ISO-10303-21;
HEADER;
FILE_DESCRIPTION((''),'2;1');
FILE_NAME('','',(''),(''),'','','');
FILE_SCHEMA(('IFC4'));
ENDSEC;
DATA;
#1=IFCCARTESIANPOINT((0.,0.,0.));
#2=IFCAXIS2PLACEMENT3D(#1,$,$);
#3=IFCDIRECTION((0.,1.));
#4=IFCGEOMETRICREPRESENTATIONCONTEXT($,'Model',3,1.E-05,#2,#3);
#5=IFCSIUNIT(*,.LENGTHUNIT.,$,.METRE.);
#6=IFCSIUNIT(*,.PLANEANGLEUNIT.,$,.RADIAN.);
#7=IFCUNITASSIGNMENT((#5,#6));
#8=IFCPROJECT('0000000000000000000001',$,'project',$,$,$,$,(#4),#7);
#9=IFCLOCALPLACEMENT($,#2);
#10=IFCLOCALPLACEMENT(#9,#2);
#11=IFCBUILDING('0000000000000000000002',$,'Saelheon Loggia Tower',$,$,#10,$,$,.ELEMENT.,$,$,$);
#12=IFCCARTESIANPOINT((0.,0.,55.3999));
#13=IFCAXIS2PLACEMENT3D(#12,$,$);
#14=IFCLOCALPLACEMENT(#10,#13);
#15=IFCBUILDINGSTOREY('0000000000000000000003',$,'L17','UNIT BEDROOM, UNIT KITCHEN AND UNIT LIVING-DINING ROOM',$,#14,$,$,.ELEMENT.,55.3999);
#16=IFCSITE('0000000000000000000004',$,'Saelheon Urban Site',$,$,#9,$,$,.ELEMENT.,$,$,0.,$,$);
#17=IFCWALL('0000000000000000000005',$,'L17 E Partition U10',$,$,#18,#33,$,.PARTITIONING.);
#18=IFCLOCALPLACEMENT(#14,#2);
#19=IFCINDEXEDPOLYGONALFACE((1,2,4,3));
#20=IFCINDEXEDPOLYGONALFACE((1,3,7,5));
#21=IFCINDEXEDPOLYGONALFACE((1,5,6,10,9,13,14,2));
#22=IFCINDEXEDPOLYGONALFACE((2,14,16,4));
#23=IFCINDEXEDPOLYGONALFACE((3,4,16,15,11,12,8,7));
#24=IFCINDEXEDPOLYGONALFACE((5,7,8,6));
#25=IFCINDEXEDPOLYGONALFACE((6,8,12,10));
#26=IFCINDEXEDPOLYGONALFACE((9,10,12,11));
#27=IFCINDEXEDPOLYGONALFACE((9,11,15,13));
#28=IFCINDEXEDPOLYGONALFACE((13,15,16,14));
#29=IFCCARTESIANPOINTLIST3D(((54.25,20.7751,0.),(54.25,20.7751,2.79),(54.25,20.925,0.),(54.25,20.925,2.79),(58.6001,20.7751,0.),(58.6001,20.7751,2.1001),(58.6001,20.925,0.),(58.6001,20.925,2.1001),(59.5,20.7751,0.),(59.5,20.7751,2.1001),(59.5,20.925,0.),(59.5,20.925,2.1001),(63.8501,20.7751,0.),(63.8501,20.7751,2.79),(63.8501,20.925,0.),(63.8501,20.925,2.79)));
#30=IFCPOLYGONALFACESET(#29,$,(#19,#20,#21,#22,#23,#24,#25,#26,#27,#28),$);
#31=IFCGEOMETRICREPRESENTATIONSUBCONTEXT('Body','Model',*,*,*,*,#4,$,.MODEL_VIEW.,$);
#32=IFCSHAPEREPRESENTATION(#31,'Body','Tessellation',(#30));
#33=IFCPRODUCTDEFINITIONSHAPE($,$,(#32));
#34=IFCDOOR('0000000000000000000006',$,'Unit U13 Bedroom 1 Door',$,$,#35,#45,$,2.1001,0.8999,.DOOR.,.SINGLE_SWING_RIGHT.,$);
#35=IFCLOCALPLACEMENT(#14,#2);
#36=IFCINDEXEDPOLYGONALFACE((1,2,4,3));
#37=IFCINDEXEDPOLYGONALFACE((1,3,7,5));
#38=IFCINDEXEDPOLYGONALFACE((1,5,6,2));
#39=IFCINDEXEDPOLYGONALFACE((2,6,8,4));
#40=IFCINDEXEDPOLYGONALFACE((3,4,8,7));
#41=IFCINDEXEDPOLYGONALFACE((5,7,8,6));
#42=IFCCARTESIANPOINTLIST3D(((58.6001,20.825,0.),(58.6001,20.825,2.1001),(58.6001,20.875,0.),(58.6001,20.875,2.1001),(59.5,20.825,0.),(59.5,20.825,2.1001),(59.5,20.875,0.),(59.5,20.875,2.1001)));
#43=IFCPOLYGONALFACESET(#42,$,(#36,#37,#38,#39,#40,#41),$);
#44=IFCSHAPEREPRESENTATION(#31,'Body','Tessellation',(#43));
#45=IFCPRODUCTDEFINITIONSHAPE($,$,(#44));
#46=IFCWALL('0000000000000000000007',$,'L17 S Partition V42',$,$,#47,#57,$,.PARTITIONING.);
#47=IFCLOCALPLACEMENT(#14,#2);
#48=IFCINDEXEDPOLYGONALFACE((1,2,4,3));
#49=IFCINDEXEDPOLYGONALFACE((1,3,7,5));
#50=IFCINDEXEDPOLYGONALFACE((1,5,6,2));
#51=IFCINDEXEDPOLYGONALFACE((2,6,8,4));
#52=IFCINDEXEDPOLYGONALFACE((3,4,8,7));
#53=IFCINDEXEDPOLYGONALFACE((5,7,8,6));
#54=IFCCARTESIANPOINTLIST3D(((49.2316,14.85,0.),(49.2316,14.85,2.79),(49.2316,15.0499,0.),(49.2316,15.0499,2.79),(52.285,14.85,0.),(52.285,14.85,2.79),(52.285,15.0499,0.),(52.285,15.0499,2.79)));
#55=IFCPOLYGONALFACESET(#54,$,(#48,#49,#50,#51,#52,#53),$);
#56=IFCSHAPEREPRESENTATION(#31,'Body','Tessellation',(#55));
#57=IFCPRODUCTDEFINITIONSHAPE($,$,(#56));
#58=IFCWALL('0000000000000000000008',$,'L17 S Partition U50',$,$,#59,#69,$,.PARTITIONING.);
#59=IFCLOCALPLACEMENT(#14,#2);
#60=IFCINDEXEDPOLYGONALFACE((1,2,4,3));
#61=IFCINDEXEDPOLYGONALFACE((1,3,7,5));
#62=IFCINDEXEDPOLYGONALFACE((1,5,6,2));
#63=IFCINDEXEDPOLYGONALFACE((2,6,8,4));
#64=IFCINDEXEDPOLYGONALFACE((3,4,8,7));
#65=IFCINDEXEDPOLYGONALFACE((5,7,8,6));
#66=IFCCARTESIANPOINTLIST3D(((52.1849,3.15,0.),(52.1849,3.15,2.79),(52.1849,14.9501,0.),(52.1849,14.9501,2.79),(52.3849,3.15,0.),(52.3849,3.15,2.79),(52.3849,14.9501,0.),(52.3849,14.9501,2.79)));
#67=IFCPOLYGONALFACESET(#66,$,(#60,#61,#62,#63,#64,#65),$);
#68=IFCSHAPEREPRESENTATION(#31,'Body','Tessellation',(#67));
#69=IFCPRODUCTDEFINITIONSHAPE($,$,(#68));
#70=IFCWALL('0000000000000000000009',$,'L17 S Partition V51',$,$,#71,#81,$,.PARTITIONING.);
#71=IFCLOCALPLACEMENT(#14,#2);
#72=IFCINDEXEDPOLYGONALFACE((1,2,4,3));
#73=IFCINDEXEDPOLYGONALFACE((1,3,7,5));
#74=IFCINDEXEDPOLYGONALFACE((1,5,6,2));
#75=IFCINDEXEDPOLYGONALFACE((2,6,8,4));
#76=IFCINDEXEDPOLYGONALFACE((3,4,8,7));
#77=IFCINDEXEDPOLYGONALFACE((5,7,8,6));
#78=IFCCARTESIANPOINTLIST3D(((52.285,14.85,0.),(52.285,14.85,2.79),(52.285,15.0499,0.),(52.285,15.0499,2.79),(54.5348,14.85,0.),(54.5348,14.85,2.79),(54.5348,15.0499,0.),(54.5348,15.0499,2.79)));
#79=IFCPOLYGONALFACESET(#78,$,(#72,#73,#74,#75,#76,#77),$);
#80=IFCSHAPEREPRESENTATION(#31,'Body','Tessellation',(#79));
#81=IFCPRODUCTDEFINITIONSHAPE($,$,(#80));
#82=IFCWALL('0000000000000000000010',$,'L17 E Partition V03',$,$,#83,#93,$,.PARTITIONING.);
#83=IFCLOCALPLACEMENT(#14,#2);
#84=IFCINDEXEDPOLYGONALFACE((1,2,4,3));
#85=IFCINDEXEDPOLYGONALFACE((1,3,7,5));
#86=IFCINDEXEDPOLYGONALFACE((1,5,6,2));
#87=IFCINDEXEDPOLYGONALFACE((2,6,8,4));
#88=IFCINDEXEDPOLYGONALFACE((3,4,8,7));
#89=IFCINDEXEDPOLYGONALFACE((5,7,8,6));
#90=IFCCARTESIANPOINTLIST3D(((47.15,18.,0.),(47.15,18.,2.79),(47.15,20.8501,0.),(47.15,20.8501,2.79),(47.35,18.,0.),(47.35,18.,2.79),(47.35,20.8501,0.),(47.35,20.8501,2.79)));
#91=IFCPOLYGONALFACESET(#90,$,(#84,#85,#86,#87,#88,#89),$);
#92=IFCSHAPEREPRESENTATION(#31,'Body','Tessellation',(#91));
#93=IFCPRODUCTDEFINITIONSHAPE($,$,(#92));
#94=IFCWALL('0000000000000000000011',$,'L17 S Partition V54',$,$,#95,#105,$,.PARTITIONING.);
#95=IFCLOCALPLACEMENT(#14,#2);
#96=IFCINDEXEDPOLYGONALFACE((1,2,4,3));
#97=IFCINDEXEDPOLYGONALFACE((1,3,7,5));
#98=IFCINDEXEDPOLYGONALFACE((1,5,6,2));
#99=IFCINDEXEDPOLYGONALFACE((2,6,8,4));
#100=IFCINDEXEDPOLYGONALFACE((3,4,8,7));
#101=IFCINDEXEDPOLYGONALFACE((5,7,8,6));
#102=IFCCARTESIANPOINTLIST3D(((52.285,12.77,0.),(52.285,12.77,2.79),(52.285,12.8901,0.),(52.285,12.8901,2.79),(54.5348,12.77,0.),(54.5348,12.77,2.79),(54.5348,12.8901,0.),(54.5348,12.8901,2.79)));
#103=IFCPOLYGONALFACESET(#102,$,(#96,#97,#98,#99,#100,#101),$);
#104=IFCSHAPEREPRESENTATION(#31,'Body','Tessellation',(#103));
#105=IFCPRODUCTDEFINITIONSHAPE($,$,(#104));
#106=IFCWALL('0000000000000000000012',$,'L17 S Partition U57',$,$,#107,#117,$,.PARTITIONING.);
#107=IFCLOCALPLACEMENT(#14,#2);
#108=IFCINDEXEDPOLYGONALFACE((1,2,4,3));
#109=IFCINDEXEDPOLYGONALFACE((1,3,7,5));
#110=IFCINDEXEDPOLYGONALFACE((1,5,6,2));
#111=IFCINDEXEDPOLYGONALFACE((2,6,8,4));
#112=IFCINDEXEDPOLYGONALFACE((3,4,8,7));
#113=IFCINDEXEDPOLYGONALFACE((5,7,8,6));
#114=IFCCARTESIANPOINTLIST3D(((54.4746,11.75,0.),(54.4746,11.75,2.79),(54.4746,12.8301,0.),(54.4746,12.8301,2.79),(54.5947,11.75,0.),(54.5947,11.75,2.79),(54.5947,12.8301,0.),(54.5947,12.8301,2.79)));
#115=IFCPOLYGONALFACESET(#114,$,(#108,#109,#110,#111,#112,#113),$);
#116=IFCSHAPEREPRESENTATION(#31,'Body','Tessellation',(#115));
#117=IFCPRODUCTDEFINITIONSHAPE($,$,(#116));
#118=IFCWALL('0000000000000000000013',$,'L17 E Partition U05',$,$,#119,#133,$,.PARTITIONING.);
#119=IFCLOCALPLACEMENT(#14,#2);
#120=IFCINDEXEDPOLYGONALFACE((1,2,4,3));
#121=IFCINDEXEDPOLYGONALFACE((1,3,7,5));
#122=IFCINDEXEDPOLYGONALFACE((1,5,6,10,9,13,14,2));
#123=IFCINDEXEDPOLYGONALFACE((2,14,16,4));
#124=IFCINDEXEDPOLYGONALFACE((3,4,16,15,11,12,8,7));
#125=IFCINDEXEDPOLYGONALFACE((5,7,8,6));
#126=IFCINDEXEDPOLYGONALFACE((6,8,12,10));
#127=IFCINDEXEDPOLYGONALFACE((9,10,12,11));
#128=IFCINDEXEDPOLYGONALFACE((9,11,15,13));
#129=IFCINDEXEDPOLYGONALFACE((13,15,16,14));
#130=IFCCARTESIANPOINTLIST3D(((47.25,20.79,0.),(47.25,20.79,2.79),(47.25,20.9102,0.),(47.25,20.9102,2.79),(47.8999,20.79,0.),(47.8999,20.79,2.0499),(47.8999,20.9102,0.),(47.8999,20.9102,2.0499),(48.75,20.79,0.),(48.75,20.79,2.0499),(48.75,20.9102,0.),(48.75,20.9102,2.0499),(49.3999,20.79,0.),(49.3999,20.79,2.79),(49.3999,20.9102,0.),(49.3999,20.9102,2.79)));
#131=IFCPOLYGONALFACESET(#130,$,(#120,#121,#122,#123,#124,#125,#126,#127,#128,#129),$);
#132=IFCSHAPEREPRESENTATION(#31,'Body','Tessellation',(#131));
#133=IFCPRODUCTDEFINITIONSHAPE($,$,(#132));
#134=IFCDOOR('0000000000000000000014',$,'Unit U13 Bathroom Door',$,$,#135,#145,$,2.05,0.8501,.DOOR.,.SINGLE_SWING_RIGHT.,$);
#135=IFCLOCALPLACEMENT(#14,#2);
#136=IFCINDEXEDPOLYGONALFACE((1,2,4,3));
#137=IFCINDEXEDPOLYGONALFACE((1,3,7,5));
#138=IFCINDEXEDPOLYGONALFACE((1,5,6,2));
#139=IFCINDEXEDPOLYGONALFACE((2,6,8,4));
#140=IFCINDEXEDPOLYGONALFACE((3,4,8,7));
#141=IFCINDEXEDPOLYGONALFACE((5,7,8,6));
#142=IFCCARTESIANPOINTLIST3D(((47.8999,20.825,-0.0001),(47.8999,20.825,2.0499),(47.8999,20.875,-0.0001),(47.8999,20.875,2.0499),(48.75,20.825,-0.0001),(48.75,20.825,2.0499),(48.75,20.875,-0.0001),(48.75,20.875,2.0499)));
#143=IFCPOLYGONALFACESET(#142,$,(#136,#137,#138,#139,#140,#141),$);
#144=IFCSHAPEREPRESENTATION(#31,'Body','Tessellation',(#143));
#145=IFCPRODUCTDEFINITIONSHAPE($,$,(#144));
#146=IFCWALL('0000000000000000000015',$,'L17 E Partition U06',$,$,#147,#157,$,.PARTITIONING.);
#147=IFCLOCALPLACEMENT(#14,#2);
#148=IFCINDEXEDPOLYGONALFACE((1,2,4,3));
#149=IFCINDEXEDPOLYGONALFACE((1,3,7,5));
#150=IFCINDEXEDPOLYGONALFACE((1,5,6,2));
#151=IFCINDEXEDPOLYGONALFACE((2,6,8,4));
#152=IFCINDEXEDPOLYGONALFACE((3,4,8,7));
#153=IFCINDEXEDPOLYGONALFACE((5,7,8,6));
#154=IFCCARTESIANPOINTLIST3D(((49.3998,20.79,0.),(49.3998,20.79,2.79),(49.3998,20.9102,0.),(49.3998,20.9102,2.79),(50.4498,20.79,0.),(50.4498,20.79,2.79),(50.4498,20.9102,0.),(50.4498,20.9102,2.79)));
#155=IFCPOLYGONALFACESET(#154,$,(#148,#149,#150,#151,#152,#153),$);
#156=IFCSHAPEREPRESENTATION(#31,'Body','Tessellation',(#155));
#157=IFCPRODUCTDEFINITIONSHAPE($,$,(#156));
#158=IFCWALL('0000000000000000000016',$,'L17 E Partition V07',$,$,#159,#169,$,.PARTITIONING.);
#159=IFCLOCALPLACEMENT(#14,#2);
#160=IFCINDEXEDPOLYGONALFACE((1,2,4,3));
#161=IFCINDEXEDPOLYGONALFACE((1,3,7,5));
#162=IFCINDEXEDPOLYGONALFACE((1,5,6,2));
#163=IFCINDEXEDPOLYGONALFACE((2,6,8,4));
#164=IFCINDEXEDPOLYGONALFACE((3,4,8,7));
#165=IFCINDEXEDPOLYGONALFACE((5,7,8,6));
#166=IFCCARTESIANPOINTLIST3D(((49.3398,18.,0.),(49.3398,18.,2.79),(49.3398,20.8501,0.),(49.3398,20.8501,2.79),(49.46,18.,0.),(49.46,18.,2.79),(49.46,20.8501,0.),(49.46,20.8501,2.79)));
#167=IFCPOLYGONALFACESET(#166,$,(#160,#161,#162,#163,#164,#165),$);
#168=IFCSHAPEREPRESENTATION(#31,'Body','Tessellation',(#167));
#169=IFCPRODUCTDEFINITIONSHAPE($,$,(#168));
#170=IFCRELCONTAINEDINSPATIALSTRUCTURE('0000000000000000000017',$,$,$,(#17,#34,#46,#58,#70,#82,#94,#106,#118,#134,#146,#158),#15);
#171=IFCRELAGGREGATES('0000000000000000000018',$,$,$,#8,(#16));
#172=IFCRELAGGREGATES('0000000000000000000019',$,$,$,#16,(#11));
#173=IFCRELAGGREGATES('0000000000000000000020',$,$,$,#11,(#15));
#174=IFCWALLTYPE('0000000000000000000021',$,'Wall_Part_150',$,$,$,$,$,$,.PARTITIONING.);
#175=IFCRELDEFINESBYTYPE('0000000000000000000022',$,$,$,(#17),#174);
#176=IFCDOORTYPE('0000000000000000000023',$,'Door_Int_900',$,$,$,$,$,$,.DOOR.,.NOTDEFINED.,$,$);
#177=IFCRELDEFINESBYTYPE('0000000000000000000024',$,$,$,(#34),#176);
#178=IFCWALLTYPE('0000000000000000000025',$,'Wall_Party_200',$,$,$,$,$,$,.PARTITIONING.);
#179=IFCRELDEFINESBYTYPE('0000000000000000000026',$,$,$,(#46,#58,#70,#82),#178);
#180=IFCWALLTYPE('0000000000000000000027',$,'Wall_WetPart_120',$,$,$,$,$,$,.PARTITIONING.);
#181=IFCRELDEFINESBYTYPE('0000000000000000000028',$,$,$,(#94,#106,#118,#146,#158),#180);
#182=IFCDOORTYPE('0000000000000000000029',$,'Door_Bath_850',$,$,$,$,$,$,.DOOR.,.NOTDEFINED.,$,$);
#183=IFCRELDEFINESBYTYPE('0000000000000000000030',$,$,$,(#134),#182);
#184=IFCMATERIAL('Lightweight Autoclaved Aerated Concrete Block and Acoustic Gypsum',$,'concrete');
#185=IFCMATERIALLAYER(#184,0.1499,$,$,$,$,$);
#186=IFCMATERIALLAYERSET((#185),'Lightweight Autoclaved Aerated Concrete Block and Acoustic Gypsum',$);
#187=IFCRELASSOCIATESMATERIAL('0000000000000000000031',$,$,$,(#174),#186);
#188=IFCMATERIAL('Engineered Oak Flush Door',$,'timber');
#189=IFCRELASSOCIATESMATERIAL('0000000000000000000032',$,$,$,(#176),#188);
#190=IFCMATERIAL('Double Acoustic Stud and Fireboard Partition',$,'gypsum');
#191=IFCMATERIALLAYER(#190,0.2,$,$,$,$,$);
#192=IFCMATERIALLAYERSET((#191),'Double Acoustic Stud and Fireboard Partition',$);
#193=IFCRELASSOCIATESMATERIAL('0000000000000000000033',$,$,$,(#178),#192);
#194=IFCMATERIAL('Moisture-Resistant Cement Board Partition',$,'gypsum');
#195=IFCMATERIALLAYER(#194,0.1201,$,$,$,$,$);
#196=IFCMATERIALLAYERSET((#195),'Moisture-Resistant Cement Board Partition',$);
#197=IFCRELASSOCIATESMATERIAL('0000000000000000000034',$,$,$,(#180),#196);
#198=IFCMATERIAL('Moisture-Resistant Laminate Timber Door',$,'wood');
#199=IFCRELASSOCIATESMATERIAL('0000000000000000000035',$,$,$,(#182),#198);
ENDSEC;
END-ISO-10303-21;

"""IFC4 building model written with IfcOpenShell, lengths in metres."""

from ifc_helpers import new_model, si_unit, direction, frame, frame_2d, origin, place, context, subcontext, project, spatial, rectangle, extrude, source, transform, mapped, material, layer, layer_set, type_object, element, fill, save


model = new_model("IFC4")

# Units and contexts
model_context = context("Model", 3, precision=1e-05, world=origin(), true_north=direction((0.0, 1.0)))
body_context = subcontext(model_context, "Body", "Model", "MODEL_VIEW")
ifc_project = project(units=[si_unit("LENGTHUNIT", "METRE"), si_unit("PLANEANGLEUNIT", "RADIAN")], contexts=[model_context])

# Site, building, storey
site_placement = place(None, origin())
site = spatial("IfcSite", under=ifc_project, at=site_placement, Name="Saelheon Urban Site", CompositionType="ELEMENT", RefElevation=0.0)
building_placement = place(site_placement, origin())
building = spatial("IfcBuilding", under=site, at=building_placement, Name="Saelheon Loggia Tower", CompositionType="ELEMENT")
storey_placement = place(building_placement, frame((0.0, 0.0, 55.3999)))
storey = spatial("IfcBuildingStorey", under=building, at=storey_placement, Name="L17", Description="UNIT BEDROOM, UNIT KITCHEN AND UNIT LIVING-DINING ROOM", CompositionType="ELEMENT", Elevation=55.3999)

# Shared definitions
ifc_material_1 = material(Name="Lightweight Autoclaved Aerated Concrete Block and Acoustic Gypsum", Category="concrete")
ifc_layer_1 = layer(ifc_material_1, 0.1499)
ifc_layer_set_1 = layer_set([ifc_layer_1], Name="Lightweight Autoclaved Aerated Concrete Block and Acoustic Gypsum")
wall_type_1 = type_object("IfcWallType", Name="Wall_Part_150", PredefinedType="PARTITIONING", material=ifc_layer_set_1)

# Shared definitions
ifc_material_2 = material(Name="Engineered Oak Flush Door", Category="timber")
door_type_1 = type_object("IfcDoorType", Name="Door_Int_900", OperationType="NOTDEFINED", PredefinedType="DOOR", material=ifc_material_2)
shared_shape_1 = source(origin(), body_context, "Body", "SweptSolid", [
    extrude(rectangle(XDim=0.8999, YDim=2.1001, at=frame_2d((0.45, 1.05))), frame((0.0, 0.0249, 0.0), z_axis=(0.0, -1.0, 0.0), x_axis=(1.0, 0.0, 0.0)), (0.0, 0.0, 1.0), 0.05),
])

# Wall, opening, door
wall_1_placement = place(storey_placement, frame((54.25, 20.8501, 0.0), z_axis=(0.0, 0.0, 1.0), x_axis=(1.0, 0.0, 0.0)))
wall_1 = element("IfcWall", 1, at=wall_1_placement, inside=storey, type_object=wall_type_1, Name="L17 E Partition U10", PredefinedType="PARTITIONING", context=body_context, shape_type="SweptSolid", body=[
    extrude(rectangle(XDim=9.6001, YDim=0.1499, at=frame_2d((4.8, 0.0))), origin(), (0.0, 0.0, 1.0), 2.79),
])
opening_1_placement = place(wall_1_placement, frame((4.3501, 0.0, 0.0)))
opening_1 = element("IfcOpeningElement", 2, at=opening_1_placement, cuts=wall_1, PredefinedType="OPENING", context=body_context, shape_type="SweptSolid", body=[
    extrude(rectangle(XDim=0.8999, YDim=2.1001, at=frame_2d((0.45, 1.05))), frame((0.0, 0.0869, 0.0), z_axis=(0.0, -1.0, 0.0), x_axis=(1.0, 0.0, 0.0)), (0.0, 0.0, 1.0), 0.1738),
])
door_1_placement = place(opening_1_placement, origin())
door_1 = element("IfcDoor", 3, at=door_1_placement, inside=storey, type_object=door_type_1, Name="Unit U13 Bedroom 1 Door", OperationType="SINGLE_SWING_RIGHT", OverallHeight=2.1001, OverallWidth=0.8999, PredefinedType="DOOR", context=body_context, shape_type="MappedRepresentation", body=[
    mapped(shared_shape_1, transform((0.0, 0.0, 0.0), scale=1.0)),
])
fill(opening_1, door_1)

# Walls
ifc_material_3 = material(Name="Double Acoustic Stud and Fireboard Partition", Category="gypsum")
ifc_layer_2 = layer(ifc_material_3, 0.2)
ifc_layer_set_2 = layer_set([ifc_layer_2], Name="Double Acoustic Stud and Fireboard Partition")
wall_type_2 = type_object("IfcWallType", Name="Wall_Party_200", PredefinedType="PARTITIONING", material=ifc_layer_set_2)
wall_2_placement = place(storey_placement, frame((49.2314, 14.95, 0.0), z_axis=(0.0, 0.0, 1.0), x_axis=(1.0, 0.0, 0.0)))
element("IfcWall", 4, at=wall_2_placement, inside=storey, type_object=wall_type_2, Name="L17 S Partition V42", PredefinedType="PARTITIONING", context=body_context, shape_type="SweptSolid", body=[
    extrude(rectangle(XDim=3.0535, YDim=0.2, at=frame_2d((1.5269, 0.0))), origin(), (0.0, 0.0, 1.0), 2.79),
])
wall_3_placement = place(storey_placement, frame((52.2849, 14.95, 0.0), z_axis=(0.0, 0.0, 1.0), x_axis=(0.0, -1.0, 0.0)))
element("IfcWall", 5, at=wall_3_placement, inside=storey, type_object=wall_type_2, Name="L17 S Partition U50", PredefinedType="PARTITIONING", context=body_context, shape_type="SweptSolid", body=[
    extrude(rectangle(XDim=11.8, YDim=0.2, at=frame_2d((5.8999, 0.0))), origin(), (0.0, 0.0, 1.0), 2.79),
])
wall_4_placement = place(storey_placement, frame((52.2849, 14.95, 0.0), z_axis=(0.0, 0.0, 1.0), x_axis=(1.0, 0.0, 0.0)))
element("IfcWall", 6, at=wall_4_placement, inside=storey, type_object=wall_type_2, Name="L17 S Partition V51", PredefinedType="PARTITIONING", context=body_context, shape_type="SweptSolid", body=[
    extrude(rectangle(XDim=2.2498, YDim=0.2, at=frame_2d((1.125, 0.0))), origin(), (0.0, 0.0, 1.0), 2.79),
])

# Wall
wall_5_placement = place(storey_placement, frame((47.25, 18.0, 0.0), z_axis=(0.0, 0.0, 1.0), x_axis=(0.0, 1.0, 0.0)))
element("IfcWall", 7, at=wall_5_placement, inside=storey, type_object=wall_type_2, Name="L17 E Partition V03", PredefinedType="PARTITIONING", context=body_context, shape_type="SweptSolid", body=[
    extrude(rectangle(XDim=2.8501, YDim=0.2, at=frame_2d((1.425, 0.0))), origin(), (0.0, 0.0, 1.0), 2.79),
])

# Walls
ifc_material_4 = material(Name="Moisture-Resistant Cement Board Partition", Category="gypsum")
ifc_layer_3 = layer(ifc_material_4, 0.1201)
ifc_layer_set_3 = layer_set([ifc_layer_3], Name="Moisture-Resistant Cement Board Partition")
wall_type_3 = type_object("IfcWallType", Name="Wall_WetPart_120", PredefinedType="PARTITIONING", material=ifc_layer_set_3)
wall_6_placement = place(storey_placement, frame((52.2849, 12.8301, 0.0), z_axis=(0.0, 0.0, 1.0), x_axis=(1.0, 0.0, 0.0)))
element("IfcWall", 8, at=wall_6_placement, inside=storey, type_object=wall_type_3, Name="L17 S Partition V54", PredefinedType="PARTITIONING", context=body_context, shape_type="SweptSolid", body=[
    extrude(rectangle(XDim=2.2498, YDim=0.1201, at=frame_2d((1.125, 0.0))), origin(), (0.0, 0.0, 1.0), 2.79),
])
wall_7_placement = place(storey_placement, frame((54.5347, 12.8301, 0.0), z_axis=(0.0, 0.0, 1.0), x_axis=(0.0, -1.0, 0.0)))
element("IfcWall", 9, at=wall_7_placement, inside=storey, type_object=wall_type_3, Name="L17 S Partition U57", PredefinedType="PARTITIONING", context=body_context, shape_type="SweptSolid", body=[
    extrude(rectangle(XDim=1.0801, YDim=0.1201, at=frame_2d((0.54, 0.0))), origin(), (0.0, 0.0, 1.0), 2.79),
])

# Wall, opening, door
wall_8_placement = place(storey_placement, frame((47.25, 20.8501, 0.0), z_axis=(0.0, 0.0, 1.0), x_axis=(1.0, 0.0, 0.0)))
wall_8 = element("IfcWall", 10, at=wall_8_placement, inside=storey, type_object=wall_type_3, Name="L17 E Partition U05", PredefinedType="PARTITIONING", context=body_context, shape_type="SweptSolid", body=[
    extrude(rectangle(XDim=2.1499, YDim=0.1201, at=frame_2d((1.075, 0.0))), origin(), (0.0, 0.0, 1.0), 2.79),
])
opening_2_placement = place(wall_8_placement, frame((0.6499, 0.0, 0.0)))
opening_2 = element("IfcOpeningElement", 11, at=opening_2_placement, cuts=wall_8, PredefinedType="OPENING", context=body_context, shape_type="SweptSolid", body=[
    extrude(rectangle(XDim=0.8501, YDim=2.05, at=frame_2d((0.425, 1.0249))), frame((0.0, 0.072, 0.0), z_axis=(0.0, -1.0, 0.0), x_axis=(1.0, 0.0, 0.0)), (0.0, 0.0, 1.0), 0.144),
])
ifc_material_5 = material(Name="Moisture-Resistant Laminate Timber Door", Category="wood")
door_type_2 = type_object("IfcDoorType", Name="Door_Bath_850", OperationType="NOTDEFINED", PredefinedType="DOOR", material=ifc_material_5)
shared_shape_2 = source(origin(), body_context, "Body", "SweptSolid", [
    extrude(rectangle(XDim=0.8501, YDim=2.05, at=frame_2d((0.425, 1.0249))), frame((0.0, 0.0249, 0.0), z_axis=(0.0, -1.0, 0.0), x_axis=(1.0, 0.0, 0.0)), (0.0, 0.0, 1.0), 0.05),
])
door_2_placement = place(opening_2_placement, origin())
door_2 = element("IfcDoor", 12, at=door_2_placement, inside=storey, type_object=door_type_2, Name="Unit U13 Bathroom Door", OperationType="SINGLE_SWING_RIGHT", OverallHeight=2.05, OverallWidth=0.8501, PredefinedType="DOOR", context=body_context, shape_type="MappedRepresentation", body=[
    mapped(shared_shape_2, transform((0.0, 0.0, 0.0), scale=1.0)),
])
fill(opening_2, door_2)

# Walls
wall_9_placement = place(storey_placement, frame((49.3999, 20.8501, 0.0), z_axis=(0.0, 0.0, 1.0), x_axis=(1.0, 0.0, 0.0)))
element("IfcWall", 13, at=wall_9_placement, inside=storey, type_object=wall_type_3, Name="L17 E Partition U06", PredefinedType="PARTITIONING", context=body_context, shape_type="SweptSolid", body=[
    extrude(rectangle(XDim=1.05, YDim=0.1201, at=frame_2d((0.5249, 0.0))), origin(), (0.0, 0.0, 1.0), 2.79),
])
wall_10_placement = place(storey_placement, frame((49.3999, 18.0, 0.0), z_axis=(0.0, 0.0, 1.0), x_axis=(0.0, 1.0, 0.0)))
element("IfcWall", 14, at=wall_10_placement, inside=storey, type_object=wall_type_3, Name="L17 E Partition V07", PredefinedType="PARTITIONING", context=body_context, shape_type="SweptSolid", body=[
    extrude(rectangle(XDim=2.8501, YDim=0.1201, at=frame_2d((1.425, 0.0))), origin(), (0.0, 0.0, 1.0), 2.79),
])

save(model, "model.ifc")
